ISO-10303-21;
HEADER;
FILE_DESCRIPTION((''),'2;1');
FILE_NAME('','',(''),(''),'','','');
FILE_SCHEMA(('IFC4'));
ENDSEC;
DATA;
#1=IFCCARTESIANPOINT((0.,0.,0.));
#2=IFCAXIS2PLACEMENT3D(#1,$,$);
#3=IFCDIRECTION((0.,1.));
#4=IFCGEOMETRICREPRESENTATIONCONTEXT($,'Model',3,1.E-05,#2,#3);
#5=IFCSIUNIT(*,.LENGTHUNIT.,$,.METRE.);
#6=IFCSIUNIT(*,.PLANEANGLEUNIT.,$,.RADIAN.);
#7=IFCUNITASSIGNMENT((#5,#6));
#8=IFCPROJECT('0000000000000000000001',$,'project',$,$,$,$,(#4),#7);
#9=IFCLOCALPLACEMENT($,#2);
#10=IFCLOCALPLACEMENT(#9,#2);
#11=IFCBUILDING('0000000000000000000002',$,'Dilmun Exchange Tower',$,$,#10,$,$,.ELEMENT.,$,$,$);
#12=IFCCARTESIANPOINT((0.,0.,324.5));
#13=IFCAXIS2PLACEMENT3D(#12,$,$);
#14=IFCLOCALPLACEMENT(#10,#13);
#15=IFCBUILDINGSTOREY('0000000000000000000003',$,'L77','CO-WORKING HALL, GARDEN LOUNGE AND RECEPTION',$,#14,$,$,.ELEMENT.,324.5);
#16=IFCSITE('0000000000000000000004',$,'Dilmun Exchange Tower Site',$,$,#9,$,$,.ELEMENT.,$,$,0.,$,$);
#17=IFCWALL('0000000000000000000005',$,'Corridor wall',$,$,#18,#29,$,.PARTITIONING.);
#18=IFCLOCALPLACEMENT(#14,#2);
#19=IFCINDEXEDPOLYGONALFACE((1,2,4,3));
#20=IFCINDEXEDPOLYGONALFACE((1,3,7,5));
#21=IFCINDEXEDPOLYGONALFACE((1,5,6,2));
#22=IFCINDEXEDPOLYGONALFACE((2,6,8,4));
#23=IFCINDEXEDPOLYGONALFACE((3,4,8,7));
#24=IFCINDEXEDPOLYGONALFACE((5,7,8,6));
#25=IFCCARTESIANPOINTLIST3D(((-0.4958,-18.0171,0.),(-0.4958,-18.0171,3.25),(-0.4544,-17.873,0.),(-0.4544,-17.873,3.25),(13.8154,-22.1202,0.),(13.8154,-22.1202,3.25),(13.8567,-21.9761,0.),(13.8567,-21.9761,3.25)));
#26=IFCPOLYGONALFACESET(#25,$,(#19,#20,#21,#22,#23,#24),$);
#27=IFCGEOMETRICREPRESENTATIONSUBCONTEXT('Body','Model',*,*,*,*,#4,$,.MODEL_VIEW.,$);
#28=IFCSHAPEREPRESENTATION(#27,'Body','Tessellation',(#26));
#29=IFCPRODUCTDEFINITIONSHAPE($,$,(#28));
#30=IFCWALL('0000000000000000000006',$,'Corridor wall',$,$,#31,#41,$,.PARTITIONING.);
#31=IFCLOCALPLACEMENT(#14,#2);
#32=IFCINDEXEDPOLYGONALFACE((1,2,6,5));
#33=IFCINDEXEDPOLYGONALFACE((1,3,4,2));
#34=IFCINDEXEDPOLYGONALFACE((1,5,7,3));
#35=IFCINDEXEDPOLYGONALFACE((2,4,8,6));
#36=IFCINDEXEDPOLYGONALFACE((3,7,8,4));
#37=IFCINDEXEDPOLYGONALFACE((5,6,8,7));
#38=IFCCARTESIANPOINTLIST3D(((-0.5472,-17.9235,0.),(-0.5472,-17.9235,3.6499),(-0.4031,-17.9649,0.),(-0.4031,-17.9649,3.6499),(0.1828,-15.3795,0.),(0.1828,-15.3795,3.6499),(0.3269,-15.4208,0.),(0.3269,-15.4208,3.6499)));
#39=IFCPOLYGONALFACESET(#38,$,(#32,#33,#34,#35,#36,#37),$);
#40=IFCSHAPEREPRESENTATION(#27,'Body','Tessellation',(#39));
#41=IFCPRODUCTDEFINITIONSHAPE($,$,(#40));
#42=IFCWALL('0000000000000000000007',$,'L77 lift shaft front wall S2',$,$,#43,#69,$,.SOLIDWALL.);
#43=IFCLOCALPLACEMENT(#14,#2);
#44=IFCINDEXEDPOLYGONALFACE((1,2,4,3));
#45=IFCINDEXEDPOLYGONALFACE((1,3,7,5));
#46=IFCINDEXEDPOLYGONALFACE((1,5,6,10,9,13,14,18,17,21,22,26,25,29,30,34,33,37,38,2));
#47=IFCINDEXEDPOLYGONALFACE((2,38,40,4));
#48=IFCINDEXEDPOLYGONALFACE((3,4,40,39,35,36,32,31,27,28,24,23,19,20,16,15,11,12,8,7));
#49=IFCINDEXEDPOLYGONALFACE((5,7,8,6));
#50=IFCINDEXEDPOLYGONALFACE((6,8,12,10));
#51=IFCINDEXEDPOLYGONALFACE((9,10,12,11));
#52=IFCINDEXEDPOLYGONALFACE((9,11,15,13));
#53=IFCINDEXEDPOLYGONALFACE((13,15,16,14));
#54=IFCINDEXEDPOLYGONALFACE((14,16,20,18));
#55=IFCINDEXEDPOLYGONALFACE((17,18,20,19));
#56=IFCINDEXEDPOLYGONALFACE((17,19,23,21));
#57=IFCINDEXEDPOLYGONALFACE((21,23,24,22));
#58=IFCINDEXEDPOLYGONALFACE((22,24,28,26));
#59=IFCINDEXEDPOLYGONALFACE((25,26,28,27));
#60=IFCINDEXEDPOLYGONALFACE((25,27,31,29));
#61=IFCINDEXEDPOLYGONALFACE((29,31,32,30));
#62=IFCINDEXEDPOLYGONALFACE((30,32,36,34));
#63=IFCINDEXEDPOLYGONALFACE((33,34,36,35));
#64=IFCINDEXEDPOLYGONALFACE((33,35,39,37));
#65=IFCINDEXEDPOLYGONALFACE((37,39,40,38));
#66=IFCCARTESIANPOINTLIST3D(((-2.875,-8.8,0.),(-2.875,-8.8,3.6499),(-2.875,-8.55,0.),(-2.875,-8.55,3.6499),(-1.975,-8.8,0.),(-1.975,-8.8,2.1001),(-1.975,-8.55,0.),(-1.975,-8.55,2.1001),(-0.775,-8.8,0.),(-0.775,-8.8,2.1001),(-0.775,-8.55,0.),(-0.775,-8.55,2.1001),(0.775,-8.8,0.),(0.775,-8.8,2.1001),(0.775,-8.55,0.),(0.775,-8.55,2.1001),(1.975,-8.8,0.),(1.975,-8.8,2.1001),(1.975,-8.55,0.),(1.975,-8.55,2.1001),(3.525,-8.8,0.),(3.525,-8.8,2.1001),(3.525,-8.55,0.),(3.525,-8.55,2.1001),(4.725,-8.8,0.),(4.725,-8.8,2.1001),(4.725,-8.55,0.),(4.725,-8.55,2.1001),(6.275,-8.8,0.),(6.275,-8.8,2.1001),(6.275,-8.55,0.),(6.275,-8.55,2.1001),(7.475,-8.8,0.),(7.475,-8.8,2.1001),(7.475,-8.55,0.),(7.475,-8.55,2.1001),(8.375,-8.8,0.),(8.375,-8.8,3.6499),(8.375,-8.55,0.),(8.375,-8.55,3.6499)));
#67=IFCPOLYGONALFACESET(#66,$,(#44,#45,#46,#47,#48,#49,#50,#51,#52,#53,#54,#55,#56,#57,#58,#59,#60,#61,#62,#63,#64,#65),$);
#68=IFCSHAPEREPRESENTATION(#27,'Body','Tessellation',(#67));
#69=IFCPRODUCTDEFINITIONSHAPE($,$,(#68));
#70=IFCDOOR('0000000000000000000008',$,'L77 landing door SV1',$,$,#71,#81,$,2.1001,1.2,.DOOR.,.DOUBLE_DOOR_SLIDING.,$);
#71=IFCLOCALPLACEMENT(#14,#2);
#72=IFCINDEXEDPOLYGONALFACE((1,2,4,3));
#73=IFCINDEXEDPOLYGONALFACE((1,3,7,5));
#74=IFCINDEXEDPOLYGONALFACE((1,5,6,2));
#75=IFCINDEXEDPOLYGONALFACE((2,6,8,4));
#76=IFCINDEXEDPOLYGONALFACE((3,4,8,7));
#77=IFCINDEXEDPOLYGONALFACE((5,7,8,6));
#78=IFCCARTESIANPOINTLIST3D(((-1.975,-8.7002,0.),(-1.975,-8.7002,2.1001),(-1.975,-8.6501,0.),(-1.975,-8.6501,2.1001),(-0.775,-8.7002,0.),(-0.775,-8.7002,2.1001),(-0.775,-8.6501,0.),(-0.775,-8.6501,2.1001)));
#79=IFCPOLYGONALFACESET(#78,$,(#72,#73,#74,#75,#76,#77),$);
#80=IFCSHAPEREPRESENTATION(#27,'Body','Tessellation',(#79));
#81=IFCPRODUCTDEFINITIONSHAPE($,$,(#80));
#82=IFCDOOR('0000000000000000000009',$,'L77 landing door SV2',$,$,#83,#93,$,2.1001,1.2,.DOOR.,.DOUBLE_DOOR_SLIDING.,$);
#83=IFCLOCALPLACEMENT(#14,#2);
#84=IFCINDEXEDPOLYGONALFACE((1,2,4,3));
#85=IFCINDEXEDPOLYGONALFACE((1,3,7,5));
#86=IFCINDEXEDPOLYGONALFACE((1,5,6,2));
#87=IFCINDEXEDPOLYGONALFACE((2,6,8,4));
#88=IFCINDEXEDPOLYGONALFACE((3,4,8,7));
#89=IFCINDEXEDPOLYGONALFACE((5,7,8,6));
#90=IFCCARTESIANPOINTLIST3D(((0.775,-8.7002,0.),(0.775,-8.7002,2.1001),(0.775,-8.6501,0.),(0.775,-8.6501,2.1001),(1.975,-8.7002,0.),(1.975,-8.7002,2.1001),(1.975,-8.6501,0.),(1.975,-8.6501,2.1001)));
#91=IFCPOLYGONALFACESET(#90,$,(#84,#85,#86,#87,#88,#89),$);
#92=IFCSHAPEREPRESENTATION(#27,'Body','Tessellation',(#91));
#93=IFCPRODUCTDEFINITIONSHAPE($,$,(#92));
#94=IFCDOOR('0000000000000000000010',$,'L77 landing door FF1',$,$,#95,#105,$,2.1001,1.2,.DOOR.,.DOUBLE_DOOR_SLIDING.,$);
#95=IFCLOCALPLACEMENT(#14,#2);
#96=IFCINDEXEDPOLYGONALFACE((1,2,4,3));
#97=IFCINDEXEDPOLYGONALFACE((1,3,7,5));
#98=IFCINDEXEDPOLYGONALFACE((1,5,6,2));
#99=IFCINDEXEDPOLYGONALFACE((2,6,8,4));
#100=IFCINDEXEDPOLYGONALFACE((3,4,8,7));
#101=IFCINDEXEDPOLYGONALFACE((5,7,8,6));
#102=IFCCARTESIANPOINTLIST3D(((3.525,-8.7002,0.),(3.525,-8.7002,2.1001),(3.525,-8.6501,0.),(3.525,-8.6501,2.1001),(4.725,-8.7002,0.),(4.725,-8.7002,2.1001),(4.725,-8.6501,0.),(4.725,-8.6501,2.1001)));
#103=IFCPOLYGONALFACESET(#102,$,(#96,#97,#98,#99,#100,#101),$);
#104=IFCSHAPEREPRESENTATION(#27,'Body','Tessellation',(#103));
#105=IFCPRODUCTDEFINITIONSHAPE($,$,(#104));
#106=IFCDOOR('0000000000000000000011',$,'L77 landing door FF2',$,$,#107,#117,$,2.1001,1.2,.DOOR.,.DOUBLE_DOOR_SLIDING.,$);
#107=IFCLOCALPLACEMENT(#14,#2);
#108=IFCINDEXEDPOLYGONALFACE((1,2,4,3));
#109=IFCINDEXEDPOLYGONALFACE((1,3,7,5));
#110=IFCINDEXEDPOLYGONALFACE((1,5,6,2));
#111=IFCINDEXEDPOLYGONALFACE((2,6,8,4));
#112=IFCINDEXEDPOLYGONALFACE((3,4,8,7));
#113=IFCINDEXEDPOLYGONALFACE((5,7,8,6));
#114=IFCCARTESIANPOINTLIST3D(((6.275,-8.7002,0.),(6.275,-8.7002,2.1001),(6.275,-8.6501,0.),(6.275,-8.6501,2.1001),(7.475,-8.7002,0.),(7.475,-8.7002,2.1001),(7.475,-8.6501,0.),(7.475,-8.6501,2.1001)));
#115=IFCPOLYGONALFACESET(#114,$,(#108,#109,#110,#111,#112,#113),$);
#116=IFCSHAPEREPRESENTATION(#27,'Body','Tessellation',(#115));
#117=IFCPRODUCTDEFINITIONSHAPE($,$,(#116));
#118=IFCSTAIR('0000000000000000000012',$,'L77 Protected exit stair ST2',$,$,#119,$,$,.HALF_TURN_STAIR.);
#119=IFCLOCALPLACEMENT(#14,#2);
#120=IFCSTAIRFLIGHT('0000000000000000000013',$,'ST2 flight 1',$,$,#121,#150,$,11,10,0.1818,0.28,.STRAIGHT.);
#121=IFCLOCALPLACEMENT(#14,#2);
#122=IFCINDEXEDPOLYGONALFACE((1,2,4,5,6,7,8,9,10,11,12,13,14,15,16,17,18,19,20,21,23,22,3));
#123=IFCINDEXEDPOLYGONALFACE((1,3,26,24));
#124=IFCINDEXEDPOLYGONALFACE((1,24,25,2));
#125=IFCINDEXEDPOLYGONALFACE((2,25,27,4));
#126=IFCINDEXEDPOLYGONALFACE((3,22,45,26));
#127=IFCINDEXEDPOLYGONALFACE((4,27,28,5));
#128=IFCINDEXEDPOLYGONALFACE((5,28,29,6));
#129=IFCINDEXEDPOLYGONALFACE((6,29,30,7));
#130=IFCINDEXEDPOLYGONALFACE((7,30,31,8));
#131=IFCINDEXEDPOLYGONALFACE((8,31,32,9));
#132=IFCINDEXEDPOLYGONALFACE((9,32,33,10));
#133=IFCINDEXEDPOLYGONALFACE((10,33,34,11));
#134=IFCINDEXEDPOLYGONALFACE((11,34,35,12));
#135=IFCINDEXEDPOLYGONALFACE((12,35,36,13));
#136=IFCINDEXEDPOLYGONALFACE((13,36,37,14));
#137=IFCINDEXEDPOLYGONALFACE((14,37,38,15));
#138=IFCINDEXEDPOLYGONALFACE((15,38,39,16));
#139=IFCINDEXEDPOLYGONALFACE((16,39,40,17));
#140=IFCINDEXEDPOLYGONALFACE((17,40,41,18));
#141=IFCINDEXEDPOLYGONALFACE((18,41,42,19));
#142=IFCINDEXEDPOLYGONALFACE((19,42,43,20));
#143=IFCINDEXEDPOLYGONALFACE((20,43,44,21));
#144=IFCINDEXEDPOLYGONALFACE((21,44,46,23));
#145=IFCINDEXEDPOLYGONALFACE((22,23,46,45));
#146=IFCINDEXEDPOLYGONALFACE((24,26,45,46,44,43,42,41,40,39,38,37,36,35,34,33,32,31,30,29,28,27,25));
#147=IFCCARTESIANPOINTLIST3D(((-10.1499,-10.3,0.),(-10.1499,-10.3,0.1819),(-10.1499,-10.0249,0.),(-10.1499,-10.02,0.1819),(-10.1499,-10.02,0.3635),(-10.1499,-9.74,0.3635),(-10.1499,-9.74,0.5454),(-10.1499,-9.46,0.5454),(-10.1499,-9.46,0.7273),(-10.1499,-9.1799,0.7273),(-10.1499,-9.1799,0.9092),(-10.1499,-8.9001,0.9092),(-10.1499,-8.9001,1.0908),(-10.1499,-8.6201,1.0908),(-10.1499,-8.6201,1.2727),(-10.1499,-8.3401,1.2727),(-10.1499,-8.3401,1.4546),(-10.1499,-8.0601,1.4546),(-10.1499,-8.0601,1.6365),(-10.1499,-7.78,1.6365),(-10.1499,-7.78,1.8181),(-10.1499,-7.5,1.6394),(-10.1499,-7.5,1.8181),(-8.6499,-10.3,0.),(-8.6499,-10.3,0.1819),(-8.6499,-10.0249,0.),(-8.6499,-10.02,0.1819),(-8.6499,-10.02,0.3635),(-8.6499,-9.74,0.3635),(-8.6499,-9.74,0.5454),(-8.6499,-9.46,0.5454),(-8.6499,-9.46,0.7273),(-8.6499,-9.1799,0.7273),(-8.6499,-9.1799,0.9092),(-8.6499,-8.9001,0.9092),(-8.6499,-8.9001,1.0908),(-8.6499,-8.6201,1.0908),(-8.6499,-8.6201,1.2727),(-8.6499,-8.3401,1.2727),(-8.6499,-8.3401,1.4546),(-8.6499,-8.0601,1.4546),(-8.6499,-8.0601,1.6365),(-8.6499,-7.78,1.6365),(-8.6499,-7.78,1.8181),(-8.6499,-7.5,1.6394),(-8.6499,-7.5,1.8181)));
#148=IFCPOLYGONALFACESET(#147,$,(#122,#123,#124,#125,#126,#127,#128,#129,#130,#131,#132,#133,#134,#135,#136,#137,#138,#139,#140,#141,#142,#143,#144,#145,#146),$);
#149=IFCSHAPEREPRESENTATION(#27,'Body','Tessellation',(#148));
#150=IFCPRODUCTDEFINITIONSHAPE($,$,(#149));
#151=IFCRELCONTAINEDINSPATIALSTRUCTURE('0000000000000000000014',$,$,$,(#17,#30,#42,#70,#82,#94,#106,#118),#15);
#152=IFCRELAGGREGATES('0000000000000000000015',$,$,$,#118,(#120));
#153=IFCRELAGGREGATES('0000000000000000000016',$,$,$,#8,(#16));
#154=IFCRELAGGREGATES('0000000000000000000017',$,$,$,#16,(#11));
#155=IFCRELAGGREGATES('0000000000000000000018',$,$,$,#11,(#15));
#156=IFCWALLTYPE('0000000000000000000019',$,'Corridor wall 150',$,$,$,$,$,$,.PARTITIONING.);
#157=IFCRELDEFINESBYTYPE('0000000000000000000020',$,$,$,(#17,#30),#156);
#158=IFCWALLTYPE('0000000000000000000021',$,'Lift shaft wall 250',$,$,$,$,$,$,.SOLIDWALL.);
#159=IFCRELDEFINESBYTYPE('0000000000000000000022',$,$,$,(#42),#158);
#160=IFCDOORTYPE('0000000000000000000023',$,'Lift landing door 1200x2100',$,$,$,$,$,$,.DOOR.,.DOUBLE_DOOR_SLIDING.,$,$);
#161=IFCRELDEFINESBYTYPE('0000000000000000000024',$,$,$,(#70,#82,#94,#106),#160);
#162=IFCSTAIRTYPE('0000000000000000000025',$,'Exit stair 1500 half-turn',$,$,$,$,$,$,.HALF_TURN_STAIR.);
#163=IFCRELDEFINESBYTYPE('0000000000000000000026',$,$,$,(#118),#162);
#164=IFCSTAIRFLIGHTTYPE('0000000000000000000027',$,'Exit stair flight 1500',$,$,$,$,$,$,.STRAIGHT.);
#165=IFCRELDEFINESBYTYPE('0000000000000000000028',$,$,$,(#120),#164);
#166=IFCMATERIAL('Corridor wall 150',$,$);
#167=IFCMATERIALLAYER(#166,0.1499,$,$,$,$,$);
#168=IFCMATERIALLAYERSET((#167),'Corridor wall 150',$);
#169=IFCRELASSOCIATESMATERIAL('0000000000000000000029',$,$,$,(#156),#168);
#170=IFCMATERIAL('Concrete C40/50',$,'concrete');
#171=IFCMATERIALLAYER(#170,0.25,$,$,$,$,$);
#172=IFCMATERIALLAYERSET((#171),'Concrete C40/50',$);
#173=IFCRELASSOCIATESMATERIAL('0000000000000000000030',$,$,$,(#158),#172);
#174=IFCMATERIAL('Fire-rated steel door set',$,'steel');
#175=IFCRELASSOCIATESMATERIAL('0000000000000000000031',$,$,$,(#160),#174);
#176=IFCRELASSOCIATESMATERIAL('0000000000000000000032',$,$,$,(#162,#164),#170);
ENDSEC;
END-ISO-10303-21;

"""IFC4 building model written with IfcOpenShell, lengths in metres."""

from ifc_helpers import new_model, si_unit, direction, frame, frame_2d, origin, place, context, subcontext, project, spatial, polyline, rectangle, outline, extrude, material, layer, layer_set, type_object, element, fill, aggregate, save


model = new_model("IFC4")

# Units and contexts
model_context = context("Model", 3, precision=1e-05, world=origin(), true_north=direction((0.0, 1.0)))
body_context = subcontext(model_context, "Body", "Model", "MODEL_VIEW")
ifc_project = project(units=[si_unit("LENGTHUNIT", "METRE"), si_unit("PLANEANGLEUNIT", "RADIAN")], contexts=[model_context])

# Site, building, storey
site_placement = place(None, origin())
site = spatial("IfcSite", under=ifc_project, at=site_placement, Name="Dilmun Exchange Tower Site", CompositionType="ELEMENT", RefElevation=0.0)
building_placement = place(site_placement, origin())
building = spatial("IfcBuilding", under=site, at=building_placement, Name="Dilmun Exchange Tower", CompositionType="ELEMENT")
storey_placement = place(building_placement, frame((0.0, 0.0, 324.5)))
storey = spatial("IfcBuildingStorey", under=building, at=storey_placement, Name="L77", Description="CO-WORKING HALL, GARDEN LOUNGE AND RECEPTION", CompositionType="ELEMENT", Elevation=324.5)

# Shared definitions
ifc_material_1 = material(Name="Concrete C40/50", Category="concrete")

# Shared definitions
ifc_material_2 = material(Name="Fire-rated steel door set", Category="steel")

# Shared definitions
ifc_material_3 = material(Name="Corridor wall 150")
ifc_layer_1 = layer(ifc_material_3, 0.1499)
ifc_layer_set_1 = layer_set([ifc_layer_1], Name="Corridor wall 150")
wall_type_1 = type_object("IfcWallType", Name="Corridor wall 150", PredefinedType="PARTITIONING", material=ifc_layer_set_1)

# Walls
wall_1_placement = place(storey_placement, frame((-0.4751, -17.9451, 0.0), z_axis=(0.0, 0.0, 1.0), x_axis=(0.961272, -0.2756, 0.0)))
element("IfcWall", 1, at=wall_1_placement, inside=storey, type_object=wall_type_1, Name="Corridor wall", PredefinedType="PARTITIONING", context=body_context, shape_type="SweptSolid", body=[
    extrude(rectangle(XDim=14.8877, YDim=0.1499, at=frame_2d((7.4438, 0.0))), origin(), (0.0, 0.0, 1.0), 3.25),
])
wall_2_placement = place(storey_placement, frame((-0.4751, -17.9441, 0.0), z_axis=(0.0, 0.0, 1.0), x_axis=(0.275793, 0.961217, 0.0)))
element("IfcWall", 2, at=wall_2_placement, inside=storey, type_object=wall_type_1, Name="Corridor wall", PredefinedType="PARTITIONING", context=body_context, shape_type="SweptSolid", body=[
    extrude(rectangle(XDim=2.6467, YDim=0.1499, at=frame_2d((1.3232, 0.0))), origin(), (0.0, 0.0, 1.0), 3.6499),
])

# Wall, openings, doors
ifc_layer_2 = layer(ifc_material_1, 0.25)
ifc_layer_set_2 = layer_set([ifc_layer_2], Name="Concrete C40/50")
wall_type_2 = type_object("IfcWallType", Name="Lift shaft wall 250", PredefinedType="SOLIDWALL", material=ifc_layer_set_2)
wall_3_placement = place(storey_placement, frame((-2.875, -8.675, 0.0), z_axis=(0.0, 0.0, 1.0), x_axis=(1.0, 0.0, 0.0)))
wall_3 = element("IfcWall", 3, at=wall_3_placement, inside=storey, type_object=wall_type_2, Name="L77 lift shaft front wall S2", PredefinedType="SOLIDWALL", context=body_context, shape_type="SweptSolid", body=[
    extrude(rectangle(XDim=11.25, YDim=0.25, at=frame_2d((5.625, 0.0))), origin(), (0.0, 0.0, 1.0), 3.6499),
])
opening_1_placement = place(wall_3_placement, frame((0.8999, 0.0, 0.0)))
opening_1 = element("IfcOpeningElement", 4, at=opening_1_placement, cuts=wall_3, PredefinedType="OPENING", context=body_context, shape_type="SweptSolid", body=[
    extrude(rectangle(XDim=1.2, YDim=2.1001, at=frame_2d((0.6001, 1.05))), frame((0.0, 0.135, 0.0), z_axis=(0.0, -1.0, 0.0), x_axis=(1.0, 0.0, 0.0)), (0.0, 0.0, 1.0), 0.27),
])
opening_2_placement = place(wall_3_placement, frame((3.6499, 0.0, 0.0)))
opening_2 = element("IfcOpeningElement", 5, at=opening_2_placement, cuts=wall_3, PredefinedType="OPENING", context=body_context, shape_type="SweptSolid", body=[
    extrude(rectangle(XDim=1.2, YDim=2.1001, at=frame_2d((0.6001, 1.05))), frame((0.0, 0.135, 0.0), z_axis=(0.0, -1.0, 0.0), x_axis=(1.0, 0.0, 0.0)), (0.0, 0.0, 1.0), 0.27),
])
opening_3_placement = place(wall_3_placement, frame((6.3999, 0.0, 0.0)))
opening_3 = element("IfcOpeningElement", 6, at=opening_3_placement, cuts=wall_3, PredefinedType="OPENING", context=body_context, shape_type="SweptSolid", body=[
    extrude(rectangle(XDim=1.2, YDim=2.1001, at=frame_2d((0.6001, 1.05))), frame((0.0, 0.135, 0.0), z_axis=(0.0, -1.0, 0.0), x_axis=(1.0, 0.0, 0.0)), (0.0, 0.0, 1.0), 0.27),
])
opening_4_placement = place(wall_3_placement, frame((9.1499, 0.0, 0.0)))
opening_4 = element("IfcOpeningElement", 7, at=opening_4_placement, cuts=wall_3, PredefinedType="OPENING", context=body_context, shape_type="SweptSolid", body=[
    extrude(rectangle(XDim=1.2, YDim=2.1001, at=frame_2d((0.6001, 1.05))), frame((0.0, 0.135, 0.0), z_axis=(0.0, -1.0, 0.0), x_axis=(1.0, 0.0, 0.0)), (0.0, 0.0, 1.0), 0.27),
])
door_type_1 = type_object("IfcDoorType", Name="Lift landing door 1200x2100", OperationType="DOUBLE_DOOR_SLIDING", PredefinedType="DOOR", material=ifc_material_2)
door_1_placement = place(opening_1_placement, origin())
door_1 = element("IfcDoor", 8, at=door_1_placement, inside=storey, type_object=door_type_1, Name="L77 landing door SV1", OperationType="DOUBLE_DOOR_SLIDING", OverallHeight=2.1001, OverallWidth=1.2, PredefinedType="DOOR", context=body_context, shape_type="SweptSolid", body=[
    extrude(rectangle(XDim=1.2, YDim=2.1001, at=frame_2d((0.6001, 1.05))), frame((0.0, 0.0249, 0.0), z_axis=(0.0, -1.0, 0.0), x_axis=(1.0, 0.0, 0.0)), (0.0, 0.0, 1.0), 0.05),
])
fill(opening_1, door_1)
door_2_placement = place(opening_2_placement, origin())
door_2 = element("IfcDoor", 9, at=door_2_placement, inside=storey, type_object=door_type_1, Name="L77 landing door SV2", OperationType="DOUBLE_DOOR_SLIDING", OverallHeight=2.1001, OverallWidth=1.2, PredefinedType="DOOR", context=body_context, shape_type="SweptSolid", body=[
    extrude(rectangle(XDim=1.2, YDim=2.1001, at=frame_2d((0.6001, 1.05))), frame((0.0, 0.0249, 0.0), z_axis=(0.0, -1.0, 0.0), x_axis=(1.0, 0.0, 0.0)), (0.0, 0.0, 1.0), 0.05),
])
fill(opening_2, door_2)
door_3_placement = place(opening_3_placement, origin())
door_3 = element("IfcDoor", 10, at=door_3_placement, inside=storey, type_object=door_type_1, Name="L77 landing door FF1", OperationType="DOUBLE_DOOR_SLIDING", OverallHeight=2.1001, OverallWidth=1.2, PredefinedType="DOOR", context=body_context, shape_type="SweptSolid", body=[
    extrude(rectangle(XDim=1.2, YDim=2.1001, at=frame_2d((0.6001, 1.05))), frame((0.0, 0.0249, 0.0), z_axis=(0.0, -1.0, 0.0), x_axis=(1.0, 0.0, 0.0)), (0.0, 0.0, 1.0), 0.05),
])
fill(opening_3, door_3)
door_4_placement = place(opening_4_placement, origin())
door_4 = element("IfcDoor", 11, at=door_4_placement, inside=storey, type_object=door_type_1, Name="L77 landing door FF2", OperationType="DOUBLE_DOOR_SLIDING", OverallHeight=2.1001, OverallWidth=1.2, PredefinedType="DOOR", context=body_context, shape_type="SweptSolid", body=[
    extrude(rectangle(XDim=1.2, YDim=2.1001, at=frame_2d((0.6001, 1.05))), frame((0.0, 0.0249, 0.0), z_axis=(0.0, -1.0, 0.0), x_axis=(1.0, 0.0, 0.0)), (0.0, 0.0, 1.0), 0.05),
])
fill(opening_4, door_4)

# Stair, stair flight
stair_type = type_object("IfcStairType", Name="Exit stair 1500 half-turn", PredefinedType="HALF_TURN_STAIR", material=ifc_material_1)
stair_placement = place(storey_placement, origin())
stair = element("IfcStair", 12, at=stair_placement, inside=storey, type_object=stair_type, Name="L77 Protected exit stair ST2", PredefinedType="HALF_TURN_STAIR")
stair_flight_type = type_object("IfcStairFlightType", Name="Exit stair flight 1500", PredefinedType="STRAIGHT", material=ifc_material_1)
stair_flight_placement = place(storey_placement, frame((-9.3999, -10.3, 0.0), z_axis=(0.0, 0.0, 1.0), x_axis=(0.0, 1.0, 0.0)))
stair_flight = element("IfcStairFlight", 13, at=stair_flight_placement, type_object=stair_flight_type, Name="ST2 flight 1", NumberOfRisers=11, NumberOfTreads=10, PredefinedType="STRAIGHT", RiserHeight=0.1818, TreadLength=0.28, context=body_context, shape_type="SweptSolid", body=[
    extrude(outline(polyline([(0.0, 0.0), (0.0, 0.1819), (0.28, 0.1819), (0.28, 0.3635), (0.5601, 0.3635), (0.5601, 0.5454), (0.8401, 0.5454), (0.8401, 0.7273), (1.1201, 0.7273), (1.1201, 0.9092), (1.3999, 0.9092), (1.3999, 1.0908), (1.6799, 1.0908), (1.6799, 1.2727), (1.96, 1.2727), (1.96, 1.4546), (2.24, 1.4546), (2.24, 1.6365), (2.52, 1.6365), (2.52, 1.8181), (2.8, 1.8181), (2.8, 2.0), (2.8, 1.6394), (0.2751, 0.0), (0.0, 0.0)])), frame((0.0, 0.75, 0.0), z_axis=(0.0, -1.0, 0.0), x_axis=(1.0, 0.0, 0.0)), (0.0, 0.0, 1.0), 1.5),
])
aggregate(stair, [stair_flight])

save(model, "model.ifc")
